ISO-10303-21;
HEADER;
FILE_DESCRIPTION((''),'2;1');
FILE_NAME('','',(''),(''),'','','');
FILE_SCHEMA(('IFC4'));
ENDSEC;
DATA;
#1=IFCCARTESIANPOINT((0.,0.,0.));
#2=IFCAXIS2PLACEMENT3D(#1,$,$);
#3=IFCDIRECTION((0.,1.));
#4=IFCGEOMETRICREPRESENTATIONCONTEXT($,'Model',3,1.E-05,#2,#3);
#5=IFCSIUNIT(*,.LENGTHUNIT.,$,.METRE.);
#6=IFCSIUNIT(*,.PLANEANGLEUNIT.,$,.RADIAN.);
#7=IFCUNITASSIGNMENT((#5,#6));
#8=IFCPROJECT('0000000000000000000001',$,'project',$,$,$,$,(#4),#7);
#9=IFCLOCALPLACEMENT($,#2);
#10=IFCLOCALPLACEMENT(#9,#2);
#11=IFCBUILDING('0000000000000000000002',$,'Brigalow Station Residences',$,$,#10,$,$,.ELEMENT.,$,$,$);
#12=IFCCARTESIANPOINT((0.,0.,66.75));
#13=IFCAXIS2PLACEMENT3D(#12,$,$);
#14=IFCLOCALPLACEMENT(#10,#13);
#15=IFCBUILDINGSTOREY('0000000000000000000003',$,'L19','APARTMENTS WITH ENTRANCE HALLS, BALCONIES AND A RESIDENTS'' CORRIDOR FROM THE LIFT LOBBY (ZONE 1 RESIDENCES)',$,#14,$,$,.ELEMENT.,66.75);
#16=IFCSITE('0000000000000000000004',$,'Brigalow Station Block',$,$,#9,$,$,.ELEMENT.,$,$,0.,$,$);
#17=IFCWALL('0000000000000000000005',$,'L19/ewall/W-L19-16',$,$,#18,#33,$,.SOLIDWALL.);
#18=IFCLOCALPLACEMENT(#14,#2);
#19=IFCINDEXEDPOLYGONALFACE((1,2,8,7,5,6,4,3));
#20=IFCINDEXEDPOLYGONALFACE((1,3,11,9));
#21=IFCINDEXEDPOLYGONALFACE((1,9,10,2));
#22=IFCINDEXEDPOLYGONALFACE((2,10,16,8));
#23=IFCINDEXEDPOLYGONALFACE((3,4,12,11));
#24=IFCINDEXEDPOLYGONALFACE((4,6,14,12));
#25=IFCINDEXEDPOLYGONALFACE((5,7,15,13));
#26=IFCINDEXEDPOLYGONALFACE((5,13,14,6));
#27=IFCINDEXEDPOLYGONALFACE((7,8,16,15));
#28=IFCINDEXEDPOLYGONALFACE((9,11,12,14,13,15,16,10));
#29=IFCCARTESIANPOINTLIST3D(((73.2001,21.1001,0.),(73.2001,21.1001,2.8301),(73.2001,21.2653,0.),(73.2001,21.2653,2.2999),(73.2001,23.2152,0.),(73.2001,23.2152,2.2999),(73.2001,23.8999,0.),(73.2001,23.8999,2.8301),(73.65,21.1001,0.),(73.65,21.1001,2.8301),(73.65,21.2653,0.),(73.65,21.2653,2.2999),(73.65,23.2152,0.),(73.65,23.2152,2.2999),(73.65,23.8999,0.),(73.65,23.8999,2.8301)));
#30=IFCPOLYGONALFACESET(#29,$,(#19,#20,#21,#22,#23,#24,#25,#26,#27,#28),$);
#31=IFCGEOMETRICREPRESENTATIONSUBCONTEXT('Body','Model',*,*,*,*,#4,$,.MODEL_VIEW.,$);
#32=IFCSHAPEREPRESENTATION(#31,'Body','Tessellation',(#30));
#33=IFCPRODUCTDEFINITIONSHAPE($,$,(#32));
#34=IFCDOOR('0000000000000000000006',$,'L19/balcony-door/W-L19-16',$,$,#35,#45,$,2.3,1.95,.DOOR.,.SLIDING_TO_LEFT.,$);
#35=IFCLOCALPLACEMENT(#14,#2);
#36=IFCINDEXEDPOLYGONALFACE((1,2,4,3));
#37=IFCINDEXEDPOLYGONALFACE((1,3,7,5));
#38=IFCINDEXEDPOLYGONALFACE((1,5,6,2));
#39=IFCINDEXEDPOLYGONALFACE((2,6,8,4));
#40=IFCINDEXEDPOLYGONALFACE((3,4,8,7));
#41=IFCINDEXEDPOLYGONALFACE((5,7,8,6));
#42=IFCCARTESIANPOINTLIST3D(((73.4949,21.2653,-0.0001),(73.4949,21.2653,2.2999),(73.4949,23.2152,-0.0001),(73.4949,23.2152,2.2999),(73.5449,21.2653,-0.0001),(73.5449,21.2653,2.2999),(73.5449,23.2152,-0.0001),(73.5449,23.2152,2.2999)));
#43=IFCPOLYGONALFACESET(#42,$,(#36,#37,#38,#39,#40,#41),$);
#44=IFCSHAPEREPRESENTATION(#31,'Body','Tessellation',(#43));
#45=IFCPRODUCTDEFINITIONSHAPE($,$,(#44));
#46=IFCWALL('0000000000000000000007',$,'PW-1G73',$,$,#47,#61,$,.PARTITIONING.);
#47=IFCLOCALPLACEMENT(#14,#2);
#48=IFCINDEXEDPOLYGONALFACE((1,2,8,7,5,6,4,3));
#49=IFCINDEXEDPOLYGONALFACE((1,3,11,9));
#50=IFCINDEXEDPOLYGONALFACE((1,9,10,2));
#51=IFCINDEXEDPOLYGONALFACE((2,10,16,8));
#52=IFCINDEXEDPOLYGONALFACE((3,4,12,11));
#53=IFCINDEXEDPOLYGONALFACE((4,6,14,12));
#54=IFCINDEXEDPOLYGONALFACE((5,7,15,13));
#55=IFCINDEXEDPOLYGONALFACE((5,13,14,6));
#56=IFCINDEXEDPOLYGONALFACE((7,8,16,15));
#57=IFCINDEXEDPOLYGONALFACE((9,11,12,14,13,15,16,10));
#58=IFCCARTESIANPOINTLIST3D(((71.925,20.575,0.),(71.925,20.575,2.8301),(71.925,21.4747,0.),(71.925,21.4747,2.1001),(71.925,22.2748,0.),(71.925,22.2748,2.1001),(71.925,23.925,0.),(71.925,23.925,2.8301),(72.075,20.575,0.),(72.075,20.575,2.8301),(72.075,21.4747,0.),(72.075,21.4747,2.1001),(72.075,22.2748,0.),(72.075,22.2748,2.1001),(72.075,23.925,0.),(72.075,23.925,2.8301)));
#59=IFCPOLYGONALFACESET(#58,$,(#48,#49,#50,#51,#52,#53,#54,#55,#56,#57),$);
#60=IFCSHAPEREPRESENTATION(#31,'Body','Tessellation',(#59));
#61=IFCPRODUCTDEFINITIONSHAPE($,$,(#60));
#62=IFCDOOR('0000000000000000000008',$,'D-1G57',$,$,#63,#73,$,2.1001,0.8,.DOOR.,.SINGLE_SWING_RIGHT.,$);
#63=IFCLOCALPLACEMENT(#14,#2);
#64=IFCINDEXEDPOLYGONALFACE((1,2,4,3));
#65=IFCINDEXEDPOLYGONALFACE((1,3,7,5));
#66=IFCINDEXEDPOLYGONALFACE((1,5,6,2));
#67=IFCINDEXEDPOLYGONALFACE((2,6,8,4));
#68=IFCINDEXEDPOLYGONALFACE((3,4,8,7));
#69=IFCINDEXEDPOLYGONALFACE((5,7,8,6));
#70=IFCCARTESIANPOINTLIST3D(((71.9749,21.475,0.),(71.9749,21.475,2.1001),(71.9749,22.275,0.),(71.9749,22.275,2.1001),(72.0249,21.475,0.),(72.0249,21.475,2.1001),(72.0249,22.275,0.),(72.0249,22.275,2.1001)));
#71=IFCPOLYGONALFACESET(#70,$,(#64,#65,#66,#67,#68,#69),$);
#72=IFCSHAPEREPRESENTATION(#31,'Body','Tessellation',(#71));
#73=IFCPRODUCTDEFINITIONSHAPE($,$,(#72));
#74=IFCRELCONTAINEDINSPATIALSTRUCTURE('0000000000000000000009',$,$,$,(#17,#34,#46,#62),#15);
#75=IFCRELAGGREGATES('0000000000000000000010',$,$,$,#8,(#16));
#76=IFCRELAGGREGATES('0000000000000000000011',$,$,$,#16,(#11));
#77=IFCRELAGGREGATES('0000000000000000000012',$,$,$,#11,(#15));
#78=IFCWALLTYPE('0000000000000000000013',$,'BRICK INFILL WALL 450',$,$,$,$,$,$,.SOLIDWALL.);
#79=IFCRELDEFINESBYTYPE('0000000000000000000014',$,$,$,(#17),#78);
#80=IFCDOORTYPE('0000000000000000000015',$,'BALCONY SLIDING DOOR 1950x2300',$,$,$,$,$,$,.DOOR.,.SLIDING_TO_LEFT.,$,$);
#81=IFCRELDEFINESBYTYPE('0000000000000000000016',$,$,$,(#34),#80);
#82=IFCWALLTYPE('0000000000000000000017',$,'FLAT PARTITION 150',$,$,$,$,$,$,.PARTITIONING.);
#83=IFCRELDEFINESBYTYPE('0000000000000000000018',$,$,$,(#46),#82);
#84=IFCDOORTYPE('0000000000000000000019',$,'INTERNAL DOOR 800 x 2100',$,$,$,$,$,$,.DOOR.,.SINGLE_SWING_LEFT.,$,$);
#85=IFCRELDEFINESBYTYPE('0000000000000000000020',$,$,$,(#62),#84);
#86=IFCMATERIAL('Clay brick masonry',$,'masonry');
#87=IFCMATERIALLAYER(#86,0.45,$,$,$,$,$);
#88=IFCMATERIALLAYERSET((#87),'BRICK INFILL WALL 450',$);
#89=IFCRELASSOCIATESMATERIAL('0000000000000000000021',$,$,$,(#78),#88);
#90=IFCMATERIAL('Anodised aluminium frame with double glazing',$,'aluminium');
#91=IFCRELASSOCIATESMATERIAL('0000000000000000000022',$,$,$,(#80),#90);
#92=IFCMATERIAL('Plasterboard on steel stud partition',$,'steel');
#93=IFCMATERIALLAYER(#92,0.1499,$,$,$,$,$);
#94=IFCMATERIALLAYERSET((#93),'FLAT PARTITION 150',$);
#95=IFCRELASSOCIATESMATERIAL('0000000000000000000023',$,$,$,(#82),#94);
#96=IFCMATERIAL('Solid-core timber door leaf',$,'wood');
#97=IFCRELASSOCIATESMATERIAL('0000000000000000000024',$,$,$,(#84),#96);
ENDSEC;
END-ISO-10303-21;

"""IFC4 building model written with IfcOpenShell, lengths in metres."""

from ifc_helpers import new_model, si_unit, direction, frame, frame_2d, origin, place, context, subcontext, project, spatial, rectangle, extrude, material, layer, layer_set, type_object, element, fill, save


model = new_model("IFC4")

# Units and contexts
model_context = context("Model", 3, precision=1e-05, world=origin(), true_north=direction((0.0, 1.0)))
body_context = subcontext(model_context, "Body", "Model", "MODEL_VIEW")
ifc_project = project(units=[si_unit("LENGTHUNIT", "METRE"), si_unit("PLANEANGLEUNIT", "RADIAN")], contexts=[model_context])

# Site, building, storey
site_placement = place(None, origin())
site = spatial("IfcSite", under=ifc_project, at=site_placement, Name="Brigalow Station Block", CompositionType="ELEMENT", RefElevation=0.0)
building_placement = place(site_placement, origin())
building = spatial("IfcBuilding", under=site, at=building_placement, Name="Brigalow Station Residences", CompositionType="ELEMENT")
storey_placement = place(building_placement, frame((0.0, 0.0, 66.75)))
storey = spatial("IfcBuildingStorey", under=building, at=storey_placement, Name="L19", Description="APARTMENTS WITH ENTRANCE HALLS, BALCONIES AND A RESIDENTS' CORRIDOR FROM THE LIFT LOBBY (ZONE 1 RESIDENCES)", CompositionType="ELEMENT", Elevation=66.75)

# Shared definitions
ifc_material_1 = material(Name="Clay brick masonry", Category="masonry")
ifc_layer_1 = layer(ifc_material_1, 0.45)
ifc_layer_set_1 = layer_set([ifc_layer_1], Name="BRICK INFILL WALL 450")
wall_type_1 = type_object("IfcWallType", Name="BRICK INFILL WALL 450", PredefinedType="SOLIDWALL", material=ifc_layer_set_1)

# Walls, openings, doors
wall_1_placement = place(storey_placement, frame((73.425, 21.1001, 0.0), z_axis=(0.0, 0.0, 1.0), x_axis=(0.0, 1.0, 0.0)))
wall_1 = element("IfcWall", 1, at=wall_1_placement, inside=storey, type_object=wall_type_1, Name="L19/ewall/W-L19-16", PredefinedType="SOLIDWALL", context=body_context, shape_type="SweptSolid", body=[
    extrude(rectangle(XDim=2.7998, YDim=0.45, at=frame_2d((1.3999, 0.0))), origin(), (0.0, 0.0, 1.0), 2.8301),
])
opening_1_placement = place(wall_1_placement, frame((0.165, 0.0, 0.0)))
opening_1 = element("IfcOpeningElement", 2, at=opening_1_placement, cuts=wall_1, PredefinedType="OPENING", context=body_context, shape_type="SweptSolid", body=[
    extrude(rectangle(XDim=1.95, YDim=2.3, at=frame_2d((0.9751, 1.1499))), frame((0.0, 0.2349, 0.0), z_axis=(0.0, -1.0, 0.0), x_axis=(1.0, 0.0, 0.0)), (0.0, 0.0, 1.0), 0.47),
])
ifc_material_2 = material(Name="Anodised aluminium frame with double glazing", Category="aluminium")
door_type_1 = type_object("IfcDoorType", Name="BALCONY SLIDING DOOR 1950x2300", OperationType="SLIDING_TO_LEFT", PredefinedType="DOOR", material=ifc_material_2)
door_1_placement = place(opening_1_placement, origin())
door_1 = element("IfcDoor", 3, at=door_1_placement, inside=storey, type_object=door_type_1, Name="L19/balcony-door/W-L19-16", OperationType="SLIDING_TO_LEFT", OverallHeight=2.3, OverallWidth=1.95, PredefinedType="DOOR", context=body_context, shape_type="SweptSolid", body=[
    extrude(rectangle(XDim=1.95, YDim=2.3, at=frame_2d((0.9751, 1.1499))), frame((0.0, -0.0698, 0.0), z_axis=(0.0, -1.0, 0.0), x_axis=(1.0, 0.0, 0.0)), (0.0, 0.0, 1.0), 0.05),
])
fill(opening_1, door_1)
ifc_material_3 = material(Name="Plasterboard on steel stud partition", Category="steel")
ifc_layer_2 = layer(ifc_material_3, 0.1499)
ifc_layer_set_2 = layer_set([ifc_layer_2], Name="FLAT PARTITION 150")
wall_type_2 = type_object("IfcWallType", Name="FLAT PARTITION 150", PredefinedType="PARTITIONING", material=ifc_layer_set_2)
wall_2_placement = place(storey_placement, frame((72.0, 20.575, 0.0), z_axis=(0.0, 0.0, 1.0), x_axis=(0.0, 1.0, 0.0)))
wall_2 = element("IfcWall", 4, at=wall_2_placement, inside=storey, type_object=wall_type_2, Name="PW-1G73", PredefinedType="PARTITIONING", context=body_context, shape_type="SweptSolid", body=[
    extrude(rectangle(XDim=3.3501, YDim=0.1499, at=frame_2d((1.675, 0.0))), origin(), (0.0, 0.0, 1.0), 2.8301),
])
opening_2_placement = place(wall_2_placement, frame((0.8999, 0.0, 0.0)))
opening_2 = element("IfcOpeningElement", 5, at=opening_2_placement, cuts=wall_2, PredefinedType="OPENING", context=body_context, shape_type="SweptSolid", body=[
    extrude(rectangle(XDim=0.8, YDim=2.1001, at=frame_2d((0.3999, 1.05))), frame((0.0, 0.085, 0.0), z_axis=(0.0, -1.0, 0.0), x_axis=(1.0, 0.0, 0.0)), (0.0, 0.0, 1.0), 0.1699),
])
ifc_material_4 = material(Name="Solid-core timber door leaf", Category="wood")
door_type_2 = type_object("IfcDoorType", Name="INTERNAL DOOR 800 x 2100", OperationType="SINGLE_SWING_LEFT", PredefinedType="DOOR", material=ifc_material_4)
door_2_placement = place(opening_2_placement, frame((0.8, 0.0, 0.0), z_axis=(0.0, 0.0, 1.0), x_axis=(-1.0, 0.0, 0.0)))
door_2 = element("IfcDoor", 6, at=door_2_placement, inside=storey, type_object=door_type_2, Name="D-1G57", OperationType="SINGLE_SWING_RIGHT", OverallHeight=2.1001, OverallWidth=0.8, PredefinedType="DOOR", context=body_context, shape_type="SweptSolid", body=[
    extrude(rectangle(XDim=0.8, YDim=2.1001, at=frame_2d((0.3999, 1.05))), frame((0.0, 0.0249, 0.0), z_axis=(0.0, -1.0, 0.0), x_axis=(1.0, 0.0, 0.0)), (0.0, 0.0, 1.0), 0.05),
])
fill(opening_2, door_2)

save(model, "model.ifc")
